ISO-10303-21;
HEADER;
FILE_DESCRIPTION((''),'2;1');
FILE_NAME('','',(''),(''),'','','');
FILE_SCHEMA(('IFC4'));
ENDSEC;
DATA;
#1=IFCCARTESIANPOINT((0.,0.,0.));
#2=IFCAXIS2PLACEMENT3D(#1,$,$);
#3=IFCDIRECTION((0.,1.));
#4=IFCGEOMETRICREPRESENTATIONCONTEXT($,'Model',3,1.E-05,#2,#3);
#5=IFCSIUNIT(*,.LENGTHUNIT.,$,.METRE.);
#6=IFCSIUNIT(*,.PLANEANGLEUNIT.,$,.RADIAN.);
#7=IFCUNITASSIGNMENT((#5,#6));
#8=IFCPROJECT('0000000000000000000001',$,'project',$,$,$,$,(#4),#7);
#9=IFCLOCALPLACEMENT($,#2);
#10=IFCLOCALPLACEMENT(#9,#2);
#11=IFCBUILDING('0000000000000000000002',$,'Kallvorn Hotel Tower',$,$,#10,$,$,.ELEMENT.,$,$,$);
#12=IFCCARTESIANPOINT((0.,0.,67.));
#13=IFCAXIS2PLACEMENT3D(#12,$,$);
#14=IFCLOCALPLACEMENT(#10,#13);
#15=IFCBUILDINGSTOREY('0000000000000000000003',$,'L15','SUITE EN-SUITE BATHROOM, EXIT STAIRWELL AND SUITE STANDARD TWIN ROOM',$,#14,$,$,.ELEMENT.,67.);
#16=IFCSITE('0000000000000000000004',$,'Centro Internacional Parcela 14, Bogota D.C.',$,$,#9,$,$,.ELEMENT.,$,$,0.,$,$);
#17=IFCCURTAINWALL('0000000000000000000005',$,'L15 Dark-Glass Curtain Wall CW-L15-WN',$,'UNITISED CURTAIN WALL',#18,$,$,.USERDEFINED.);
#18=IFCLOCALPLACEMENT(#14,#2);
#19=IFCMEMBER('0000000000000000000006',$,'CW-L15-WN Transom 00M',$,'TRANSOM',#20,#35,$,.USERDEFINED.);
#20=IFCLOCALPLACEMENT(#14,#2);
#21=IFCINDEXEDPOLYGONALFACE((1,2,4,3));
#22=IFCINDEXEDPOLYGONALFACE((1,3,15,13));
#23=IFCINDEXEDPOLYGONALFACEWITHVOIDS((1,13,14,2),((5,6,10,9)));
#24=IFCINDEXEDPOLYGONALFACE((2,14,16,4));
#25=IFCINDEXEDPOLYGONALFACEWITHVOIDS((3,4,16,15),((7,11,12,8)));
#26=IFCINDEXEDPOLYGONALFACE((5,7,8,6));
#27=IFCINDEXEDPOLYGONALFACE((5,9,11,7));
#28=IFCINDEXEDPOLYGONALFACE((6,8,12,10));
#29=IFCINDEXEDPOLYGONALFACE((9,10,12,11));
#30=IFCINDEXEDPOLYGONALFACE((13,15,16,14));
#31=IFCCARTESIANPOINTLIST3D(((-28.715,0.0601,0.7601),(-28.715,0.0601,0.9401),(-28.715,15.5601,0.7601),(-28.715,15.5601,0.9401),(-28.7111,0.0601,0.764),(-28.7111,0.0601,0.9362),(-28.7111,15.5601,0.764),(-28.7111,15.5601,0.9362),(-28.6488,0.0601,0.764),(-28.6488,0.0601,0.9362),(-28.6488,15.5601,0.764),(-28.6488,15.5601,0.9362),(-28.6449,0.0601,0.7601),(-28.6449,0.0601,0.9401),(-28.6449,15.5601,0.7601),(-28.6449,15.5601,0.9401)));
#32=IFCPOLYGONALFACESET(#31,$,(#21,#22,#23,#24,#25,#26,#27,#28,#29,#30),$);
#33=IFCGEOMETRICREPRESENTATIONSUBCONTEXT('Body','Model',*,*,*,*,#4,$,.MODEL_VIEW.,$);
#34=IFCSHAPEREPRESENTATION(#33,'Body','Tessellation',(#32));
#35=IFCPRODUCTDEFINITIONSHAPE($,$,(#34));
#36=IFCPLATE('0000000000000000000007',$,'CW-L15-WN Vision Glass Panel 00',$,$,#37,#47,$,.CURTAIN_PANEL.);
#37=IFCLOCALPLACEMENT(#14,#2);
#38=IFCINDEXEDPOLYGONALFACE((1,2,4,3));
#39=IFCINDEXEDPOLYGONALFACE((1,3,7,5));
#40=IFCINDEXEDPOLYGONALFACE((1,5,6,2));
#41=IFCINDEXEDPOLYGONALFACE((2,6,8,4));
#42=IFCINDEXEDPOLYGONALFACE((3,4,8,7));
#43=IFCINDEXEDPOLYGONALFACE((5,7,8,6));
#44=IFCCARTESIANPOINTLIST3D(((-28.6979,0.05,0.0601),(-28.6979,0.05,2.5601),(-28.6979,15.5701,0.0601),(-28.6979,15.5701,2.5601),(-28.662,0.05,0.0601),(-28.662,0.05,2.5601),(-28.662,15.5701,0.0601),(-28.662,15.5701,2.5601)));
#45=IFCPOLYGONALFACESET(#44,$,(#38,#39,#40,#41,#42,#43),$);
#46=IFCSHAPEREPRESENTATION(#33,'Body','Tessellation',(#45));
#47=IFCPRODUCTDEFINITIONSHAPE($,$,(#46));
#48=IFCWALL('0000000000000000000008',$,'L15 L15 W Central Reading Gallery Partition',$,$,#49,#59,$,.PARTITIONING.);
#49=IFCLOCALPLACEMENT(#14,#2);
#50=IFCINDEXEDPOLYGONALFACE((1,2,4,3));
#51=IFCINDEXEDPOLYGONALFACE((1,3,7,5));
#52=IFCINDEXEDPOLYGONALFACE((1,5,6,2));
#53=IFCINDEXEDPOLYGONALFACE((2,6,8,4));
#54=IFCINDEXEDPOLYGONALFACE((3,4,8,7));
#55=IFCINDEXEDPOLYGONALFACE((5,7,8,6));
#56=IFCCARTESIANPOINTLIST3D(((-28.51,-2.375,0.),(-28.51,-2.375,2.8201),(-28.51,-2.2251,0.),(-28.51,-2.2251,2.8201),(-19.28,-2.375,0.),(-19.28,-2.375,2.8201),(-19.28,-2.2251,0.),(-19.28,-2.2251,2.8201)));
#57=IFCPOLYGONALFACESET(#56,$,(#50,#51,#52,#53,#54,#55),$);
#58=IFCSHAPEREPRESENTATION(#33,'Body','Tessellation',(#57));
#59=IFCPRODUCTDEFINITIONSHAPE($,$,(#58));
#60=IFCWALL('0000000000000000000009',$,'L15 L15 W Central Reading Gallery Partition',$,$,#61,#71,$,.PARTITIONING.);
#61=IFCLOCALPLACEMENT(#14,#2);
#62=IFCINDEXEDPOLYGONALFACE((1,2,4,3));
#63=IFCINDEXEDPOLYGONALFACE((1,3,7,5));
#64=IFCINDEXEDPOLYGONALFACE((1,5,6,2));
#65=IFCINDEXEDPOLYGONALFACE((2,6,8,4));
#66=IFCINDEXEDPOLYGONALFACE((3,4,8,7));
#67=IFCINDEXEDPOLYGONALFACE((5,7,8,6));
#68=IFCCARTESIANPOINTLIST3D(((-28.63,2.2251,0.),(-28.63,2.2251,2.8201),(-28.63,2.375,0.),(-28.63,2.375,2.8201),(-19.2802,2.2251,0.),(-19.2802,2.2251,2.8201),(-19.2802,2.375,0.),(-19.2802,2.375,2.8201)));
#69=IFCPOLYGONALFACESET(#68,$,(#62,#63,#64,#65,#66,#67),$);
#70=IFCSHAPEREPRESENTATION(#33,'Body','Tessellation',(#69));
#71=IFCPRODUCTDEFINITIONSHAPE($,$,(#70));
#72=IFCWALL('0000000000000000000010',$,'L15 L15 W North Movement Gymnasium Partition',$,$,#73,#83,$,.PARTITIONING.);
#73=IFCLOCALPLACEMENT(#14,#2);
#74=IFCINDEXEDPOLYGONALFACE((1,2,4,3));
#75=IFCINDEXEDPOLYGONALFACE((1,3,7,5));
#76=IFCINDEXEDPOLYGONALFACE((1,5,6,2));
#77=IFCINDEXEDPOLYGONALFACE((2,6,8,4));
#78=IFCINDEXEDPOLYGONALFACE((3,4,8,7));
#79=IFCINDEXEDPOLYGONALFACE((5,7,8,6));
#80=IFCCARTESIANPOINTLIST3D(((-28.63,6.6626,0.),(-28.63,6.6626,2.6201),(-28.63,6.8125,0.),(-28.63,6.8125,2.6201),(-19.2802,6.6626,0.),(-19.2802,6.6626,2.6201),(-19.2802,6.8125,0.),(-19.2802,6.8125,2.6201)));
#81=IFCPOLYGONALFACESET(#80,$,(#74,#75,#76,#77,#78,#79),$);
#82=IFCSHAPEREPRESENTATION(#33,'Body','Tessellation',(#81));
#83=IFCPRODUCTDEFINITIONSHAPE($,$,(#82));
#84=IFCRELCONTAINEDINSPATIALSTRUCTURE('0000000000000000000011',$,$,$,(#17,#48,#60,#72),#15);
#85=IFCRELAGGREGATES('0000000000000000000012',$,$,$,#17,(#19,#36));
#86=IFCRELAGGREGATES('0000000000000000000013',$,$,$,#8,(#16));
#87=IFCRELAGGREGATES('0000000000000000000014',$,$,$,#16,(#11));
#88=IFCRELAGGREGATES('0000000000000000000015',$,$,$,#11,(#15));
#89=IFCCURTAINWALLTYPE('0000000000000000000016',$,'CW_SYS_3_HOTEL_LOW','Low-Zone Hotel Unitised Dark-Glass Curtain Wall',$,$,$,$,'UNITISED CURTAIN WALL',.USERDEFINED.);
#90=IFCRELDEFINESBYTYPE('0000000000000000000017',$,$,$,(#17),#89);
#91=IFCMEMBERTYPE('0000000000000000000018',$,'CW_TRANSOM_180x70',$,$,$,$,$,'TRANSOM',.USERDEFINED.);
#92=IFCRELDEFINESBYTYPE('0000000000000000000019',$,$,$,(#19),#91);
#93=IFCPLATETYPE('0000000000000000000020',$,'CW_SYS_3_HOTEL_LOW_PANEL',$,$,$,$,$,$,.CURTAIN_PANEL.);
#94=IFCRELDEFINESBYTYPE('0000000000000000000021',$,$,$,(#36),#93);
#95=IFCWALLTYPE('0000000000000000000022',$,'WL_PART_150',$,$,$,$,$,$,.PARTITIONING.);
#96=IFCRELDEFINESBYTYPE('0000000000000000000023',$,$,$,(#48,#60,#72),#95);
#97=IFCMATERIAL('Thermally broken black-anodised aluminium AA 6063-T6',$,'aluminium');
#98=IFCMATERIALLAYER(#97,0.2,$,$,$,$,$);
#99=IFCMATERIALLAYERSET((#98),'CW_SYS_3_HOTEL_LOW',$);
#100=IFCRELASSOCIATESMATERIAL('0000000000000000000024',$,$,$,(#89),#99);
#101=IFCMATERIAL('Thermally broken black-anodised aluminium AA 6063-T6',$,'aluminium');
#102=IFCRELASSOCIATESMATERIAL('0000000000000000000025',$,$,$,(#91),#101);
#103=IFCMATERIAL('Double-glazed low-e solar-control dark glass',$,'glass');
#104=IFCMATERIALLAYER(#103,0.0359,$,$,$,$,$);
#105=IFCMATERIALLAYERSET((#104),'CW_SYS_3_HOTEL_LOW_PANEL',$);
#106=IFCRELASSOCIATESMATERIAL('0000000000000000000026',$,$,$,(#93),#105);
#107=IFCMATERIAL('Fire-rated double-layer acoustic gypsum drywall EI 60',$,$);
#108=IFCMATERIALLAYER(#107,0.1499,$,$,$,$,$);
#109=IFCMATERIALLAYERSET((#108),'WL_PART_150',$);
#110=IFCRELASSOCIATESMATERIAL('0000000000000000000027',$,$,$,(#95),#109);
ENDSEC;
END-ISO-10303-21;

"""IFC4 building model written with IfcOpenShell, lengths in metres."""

from ifc_helpers import new_model, si_unit, direction, frame, frame_2d, origin, origin_2d, place, context, subcontext, project, spatial, rectangle, hollow_rectangle, extrude, material, layer, layer_set, material_profile, profile_set, type_object, element, aggregate, save


model = new_model("IFC4")

# Units and contexts
model_context = context("Model", 3, precision=1e-05, world=origin(), true_north=direction((0.0, 1.0)))
body_context = subcontext(model_context, "Body", "Model", "MODEL_VIEW")
ifc_project = project(units=[si_unit("LENGTHUNIT", "METRE"), si_unit("PLANEANGLEUNIT", "RADIAN")], contexts=[model_context])

# Site, building, storey
site_placement = place(None, origin())
site = spatial("IfcSite", under=ifc_project, at=site_placement, Name="Centro Internacional Parcela 14, Bogota D.C.", CompositionType="ELEMENT", RefElevation=0.0)
building_placement = place(site_placement, origin())
building = spatial("IfcBuilding", under=site, at=building_placement, Name="Kallvorn Hotel Tower", CompositionType="ELEMENT")
storey_placement = place(building_placement, frame((0.0, 0.0, 67.0)))
storey = spatial("IfcBuildingStorey", under=building, at=storey_placement, Name="L15", Description="SUITE EN-SUITE BATHROOM, EXIT STAIRWELL AND SUITE STANDARD TWIN ROOM", CompositionType="ELEMENT", Elevation=67.0)

# Curtain wall, member, plate
ifc_material_1 = material(Name="Thermally broken black-anodised aluminium AA 6063-T6", Category="aluminium")
ifc_layer_1 = layer(ifc_material_1, 0.2)
ifc_layer_set_1 = layer_set([ifc_layer_1], Name="CW_SYS_3_HOTEL_LOW")
curtain_wall_type = type_object("IfcCurtainWallType", Name="CW_SYS_3_HOTEL_LOW", Description="Low-Zone Hotel Unitised Dark-Glass Curtain Wall", ElementType="UNITISED CURTAIN WALL", PredefinedType="USERDEFINED", material=ifc_layer_set_1)
curtain_wall_placement = place(storey_placement, origin())
curtain_wall = element("IfcCurtainWall", 1, at=curtain_wall_placement, inside=storey, type_object=curtain_wall_type, Name="L15 Dark-Glass Curtain Wall CW-L15-WN", ObjectType="UNITISED CURTAIN WALL", PredefinedType="USERDEFINED")
ifc_material_2 = material(Name="Thermally broken black-anodised aluminium AA 6063-T6", Category="aluminium")
ifc_material_profile_1 = material_profile(ifc_material_2, hollow_rectangle(XDim=0.0701, YDim=0.1799, WallThickness=0.0039, at=origin_2d()), Name="TRN 180x70")
ifc_profile_set_1 = profile_set([ifc_material_profile_1], Name="Thermally broken black-anodised aluminium AA 6063-T6")
member_type_1 = type_object("IfcMemberType", Name="CW_TRANSOM_180x70", ElementType="TRANSOM", PredefinedType="USERDEFINED", material=ifc_profile_set_1)
member_1_placement = place(storey_placement, frame((-28.6799, 0.0601, 0.8501), z_axis=(0.0, 1.0, 0.0), x_axis=(-1.0, 0.0, 0.0)))
member_1 = element("IfcMember", 2, at=member_1_placement, type_object=member_type_1, Name="CW-L15-WN Transom 00M", ObjectType="TRANSOM", PredefinedType="USERDEFINED", context=body_context, shape_type="SweptSolid", body=[
    extrude(hollow_rectangle(XDim=0.0701, YDim=0.1799, WallThickness=0.0039, at=origin_2d()), origin(), (0.0, 0.0, 1.0), 15.5),
])
ifc_material_3 = material(Name="Double-glazed low-e solar-control dark glass", Category="glass")
ifc_layer_2 = layer(ifc_material_3, 0.0359)
ifc_layer_set_2 = layer_set([ifc_layer_2], Name="CW_SYS_3_HOTEL_LOW_PANEL")
plate_type = type_object("IfcPlateType", Name="CW_SYS_3_HOTEL_LOW_PANEL", PredefinedType="CURTAIN_PANEL", material=ifc_layer_set_2)
plate_placement = place(storey_placement, frame((-28.6799, 7.8101, 0.0601), z_axis=(0.0, 0.0, 1.0), x_axis=(0.0, 1.0, 0.0)))
plate = element("IfcPlate", 3, at=plate_placement, type_object=plate_type, Name="CW-L15-WN Vision Glass Panel 00", PredefinedType="CURTAIN_PANEL", context=body_context, shape_type="SweptSolid", body=[
    extrude(rectangle(XDim=15.52, YDim=0.0359, at=origin_2d()), origin(), (0.0, 0.0, 1.0), 2.5),
])
aggregate(curtain_wall, [member_1, plate])

# Walls
ifc_material_4 = material(Name="Fire-rated double-layer acoustic gypsum drywall EI 60")
ifc_layer_3 = layer(ifc_material_4, 0.1499)
ifc_layer_set_3 = layer_set([ifc_layer_3], Name="WL_PART_150")
wall_type_1 = type_object("IfcWallType", Name="WL_PART_150", PredefinedType="PARTITIONING", material=ifc_layer_set_3)
wall_1_placement = place(storey_placement, frame((-28.51, -2.3, 0.0), z_axis=(0.0, 0.0, 1.0), x_axis=(1.0, 0.0, 0.0)))
element("IfcWall", 4, at=wall_1_placement, inside=storey, type_object=wall_type_1, Name="L15 L15 W Central Reading Gallery Partition", PredefinedType="PARTITIONING", context=body_context, shape_type="SweptSolid", body=[
    extrude(rectangle(XDim=9.23, YDim=0.1499, at=frame_2d((4.615, 0.0))), origin(), (0.0, 0.0, 1.0), 2.8201),
])
wall_2_placement = place(storey_placement, frame((-28.6299, 2.3, 0.0), z_axis=(0.0, 0.0, 1.0), x_axis=(1.0, 0.0, 0.0)))
element("IfcWall", 5, at=wall_2_placement, inside=storey, type_object=wall_type_1, Name="L15 L15 W Central Reading Gallery Partition", PredefinedType="PARTITIONING", context=body_context, shape_type="SweptSolid", body=[
    extrude(rectangle(XDim=9.3499, YDim=0.1499, at=frame_2d((4.6748, 0.0))), origin(), (0.0, 0.0, 1.0), 2.8201),
])
wall_3_placement = place(storey_placement, frame((-28.6299, 6.7375, 0.0), z_axis=(0.0, 0.0, 1.0), x_axis=(1.0, 0.0, 0.0)))
element("IfcWall", 6, at=wall_3_placement, inside=storey, type_object=wall_type_1, Name="L15 L15 W North Movement Gymnasium Partition", PredefinedType="PARTITIONING", context=body_context, shape_type="SweptSolid", body=[
    extrude(rectangle(XDim=9.3499, YDim=0.1499, at=frame_2d((4.6748, 0.0))), origin(), (0.0, 0.0, 1.0), 2.6201),
])

save(model, "model.ifc")
